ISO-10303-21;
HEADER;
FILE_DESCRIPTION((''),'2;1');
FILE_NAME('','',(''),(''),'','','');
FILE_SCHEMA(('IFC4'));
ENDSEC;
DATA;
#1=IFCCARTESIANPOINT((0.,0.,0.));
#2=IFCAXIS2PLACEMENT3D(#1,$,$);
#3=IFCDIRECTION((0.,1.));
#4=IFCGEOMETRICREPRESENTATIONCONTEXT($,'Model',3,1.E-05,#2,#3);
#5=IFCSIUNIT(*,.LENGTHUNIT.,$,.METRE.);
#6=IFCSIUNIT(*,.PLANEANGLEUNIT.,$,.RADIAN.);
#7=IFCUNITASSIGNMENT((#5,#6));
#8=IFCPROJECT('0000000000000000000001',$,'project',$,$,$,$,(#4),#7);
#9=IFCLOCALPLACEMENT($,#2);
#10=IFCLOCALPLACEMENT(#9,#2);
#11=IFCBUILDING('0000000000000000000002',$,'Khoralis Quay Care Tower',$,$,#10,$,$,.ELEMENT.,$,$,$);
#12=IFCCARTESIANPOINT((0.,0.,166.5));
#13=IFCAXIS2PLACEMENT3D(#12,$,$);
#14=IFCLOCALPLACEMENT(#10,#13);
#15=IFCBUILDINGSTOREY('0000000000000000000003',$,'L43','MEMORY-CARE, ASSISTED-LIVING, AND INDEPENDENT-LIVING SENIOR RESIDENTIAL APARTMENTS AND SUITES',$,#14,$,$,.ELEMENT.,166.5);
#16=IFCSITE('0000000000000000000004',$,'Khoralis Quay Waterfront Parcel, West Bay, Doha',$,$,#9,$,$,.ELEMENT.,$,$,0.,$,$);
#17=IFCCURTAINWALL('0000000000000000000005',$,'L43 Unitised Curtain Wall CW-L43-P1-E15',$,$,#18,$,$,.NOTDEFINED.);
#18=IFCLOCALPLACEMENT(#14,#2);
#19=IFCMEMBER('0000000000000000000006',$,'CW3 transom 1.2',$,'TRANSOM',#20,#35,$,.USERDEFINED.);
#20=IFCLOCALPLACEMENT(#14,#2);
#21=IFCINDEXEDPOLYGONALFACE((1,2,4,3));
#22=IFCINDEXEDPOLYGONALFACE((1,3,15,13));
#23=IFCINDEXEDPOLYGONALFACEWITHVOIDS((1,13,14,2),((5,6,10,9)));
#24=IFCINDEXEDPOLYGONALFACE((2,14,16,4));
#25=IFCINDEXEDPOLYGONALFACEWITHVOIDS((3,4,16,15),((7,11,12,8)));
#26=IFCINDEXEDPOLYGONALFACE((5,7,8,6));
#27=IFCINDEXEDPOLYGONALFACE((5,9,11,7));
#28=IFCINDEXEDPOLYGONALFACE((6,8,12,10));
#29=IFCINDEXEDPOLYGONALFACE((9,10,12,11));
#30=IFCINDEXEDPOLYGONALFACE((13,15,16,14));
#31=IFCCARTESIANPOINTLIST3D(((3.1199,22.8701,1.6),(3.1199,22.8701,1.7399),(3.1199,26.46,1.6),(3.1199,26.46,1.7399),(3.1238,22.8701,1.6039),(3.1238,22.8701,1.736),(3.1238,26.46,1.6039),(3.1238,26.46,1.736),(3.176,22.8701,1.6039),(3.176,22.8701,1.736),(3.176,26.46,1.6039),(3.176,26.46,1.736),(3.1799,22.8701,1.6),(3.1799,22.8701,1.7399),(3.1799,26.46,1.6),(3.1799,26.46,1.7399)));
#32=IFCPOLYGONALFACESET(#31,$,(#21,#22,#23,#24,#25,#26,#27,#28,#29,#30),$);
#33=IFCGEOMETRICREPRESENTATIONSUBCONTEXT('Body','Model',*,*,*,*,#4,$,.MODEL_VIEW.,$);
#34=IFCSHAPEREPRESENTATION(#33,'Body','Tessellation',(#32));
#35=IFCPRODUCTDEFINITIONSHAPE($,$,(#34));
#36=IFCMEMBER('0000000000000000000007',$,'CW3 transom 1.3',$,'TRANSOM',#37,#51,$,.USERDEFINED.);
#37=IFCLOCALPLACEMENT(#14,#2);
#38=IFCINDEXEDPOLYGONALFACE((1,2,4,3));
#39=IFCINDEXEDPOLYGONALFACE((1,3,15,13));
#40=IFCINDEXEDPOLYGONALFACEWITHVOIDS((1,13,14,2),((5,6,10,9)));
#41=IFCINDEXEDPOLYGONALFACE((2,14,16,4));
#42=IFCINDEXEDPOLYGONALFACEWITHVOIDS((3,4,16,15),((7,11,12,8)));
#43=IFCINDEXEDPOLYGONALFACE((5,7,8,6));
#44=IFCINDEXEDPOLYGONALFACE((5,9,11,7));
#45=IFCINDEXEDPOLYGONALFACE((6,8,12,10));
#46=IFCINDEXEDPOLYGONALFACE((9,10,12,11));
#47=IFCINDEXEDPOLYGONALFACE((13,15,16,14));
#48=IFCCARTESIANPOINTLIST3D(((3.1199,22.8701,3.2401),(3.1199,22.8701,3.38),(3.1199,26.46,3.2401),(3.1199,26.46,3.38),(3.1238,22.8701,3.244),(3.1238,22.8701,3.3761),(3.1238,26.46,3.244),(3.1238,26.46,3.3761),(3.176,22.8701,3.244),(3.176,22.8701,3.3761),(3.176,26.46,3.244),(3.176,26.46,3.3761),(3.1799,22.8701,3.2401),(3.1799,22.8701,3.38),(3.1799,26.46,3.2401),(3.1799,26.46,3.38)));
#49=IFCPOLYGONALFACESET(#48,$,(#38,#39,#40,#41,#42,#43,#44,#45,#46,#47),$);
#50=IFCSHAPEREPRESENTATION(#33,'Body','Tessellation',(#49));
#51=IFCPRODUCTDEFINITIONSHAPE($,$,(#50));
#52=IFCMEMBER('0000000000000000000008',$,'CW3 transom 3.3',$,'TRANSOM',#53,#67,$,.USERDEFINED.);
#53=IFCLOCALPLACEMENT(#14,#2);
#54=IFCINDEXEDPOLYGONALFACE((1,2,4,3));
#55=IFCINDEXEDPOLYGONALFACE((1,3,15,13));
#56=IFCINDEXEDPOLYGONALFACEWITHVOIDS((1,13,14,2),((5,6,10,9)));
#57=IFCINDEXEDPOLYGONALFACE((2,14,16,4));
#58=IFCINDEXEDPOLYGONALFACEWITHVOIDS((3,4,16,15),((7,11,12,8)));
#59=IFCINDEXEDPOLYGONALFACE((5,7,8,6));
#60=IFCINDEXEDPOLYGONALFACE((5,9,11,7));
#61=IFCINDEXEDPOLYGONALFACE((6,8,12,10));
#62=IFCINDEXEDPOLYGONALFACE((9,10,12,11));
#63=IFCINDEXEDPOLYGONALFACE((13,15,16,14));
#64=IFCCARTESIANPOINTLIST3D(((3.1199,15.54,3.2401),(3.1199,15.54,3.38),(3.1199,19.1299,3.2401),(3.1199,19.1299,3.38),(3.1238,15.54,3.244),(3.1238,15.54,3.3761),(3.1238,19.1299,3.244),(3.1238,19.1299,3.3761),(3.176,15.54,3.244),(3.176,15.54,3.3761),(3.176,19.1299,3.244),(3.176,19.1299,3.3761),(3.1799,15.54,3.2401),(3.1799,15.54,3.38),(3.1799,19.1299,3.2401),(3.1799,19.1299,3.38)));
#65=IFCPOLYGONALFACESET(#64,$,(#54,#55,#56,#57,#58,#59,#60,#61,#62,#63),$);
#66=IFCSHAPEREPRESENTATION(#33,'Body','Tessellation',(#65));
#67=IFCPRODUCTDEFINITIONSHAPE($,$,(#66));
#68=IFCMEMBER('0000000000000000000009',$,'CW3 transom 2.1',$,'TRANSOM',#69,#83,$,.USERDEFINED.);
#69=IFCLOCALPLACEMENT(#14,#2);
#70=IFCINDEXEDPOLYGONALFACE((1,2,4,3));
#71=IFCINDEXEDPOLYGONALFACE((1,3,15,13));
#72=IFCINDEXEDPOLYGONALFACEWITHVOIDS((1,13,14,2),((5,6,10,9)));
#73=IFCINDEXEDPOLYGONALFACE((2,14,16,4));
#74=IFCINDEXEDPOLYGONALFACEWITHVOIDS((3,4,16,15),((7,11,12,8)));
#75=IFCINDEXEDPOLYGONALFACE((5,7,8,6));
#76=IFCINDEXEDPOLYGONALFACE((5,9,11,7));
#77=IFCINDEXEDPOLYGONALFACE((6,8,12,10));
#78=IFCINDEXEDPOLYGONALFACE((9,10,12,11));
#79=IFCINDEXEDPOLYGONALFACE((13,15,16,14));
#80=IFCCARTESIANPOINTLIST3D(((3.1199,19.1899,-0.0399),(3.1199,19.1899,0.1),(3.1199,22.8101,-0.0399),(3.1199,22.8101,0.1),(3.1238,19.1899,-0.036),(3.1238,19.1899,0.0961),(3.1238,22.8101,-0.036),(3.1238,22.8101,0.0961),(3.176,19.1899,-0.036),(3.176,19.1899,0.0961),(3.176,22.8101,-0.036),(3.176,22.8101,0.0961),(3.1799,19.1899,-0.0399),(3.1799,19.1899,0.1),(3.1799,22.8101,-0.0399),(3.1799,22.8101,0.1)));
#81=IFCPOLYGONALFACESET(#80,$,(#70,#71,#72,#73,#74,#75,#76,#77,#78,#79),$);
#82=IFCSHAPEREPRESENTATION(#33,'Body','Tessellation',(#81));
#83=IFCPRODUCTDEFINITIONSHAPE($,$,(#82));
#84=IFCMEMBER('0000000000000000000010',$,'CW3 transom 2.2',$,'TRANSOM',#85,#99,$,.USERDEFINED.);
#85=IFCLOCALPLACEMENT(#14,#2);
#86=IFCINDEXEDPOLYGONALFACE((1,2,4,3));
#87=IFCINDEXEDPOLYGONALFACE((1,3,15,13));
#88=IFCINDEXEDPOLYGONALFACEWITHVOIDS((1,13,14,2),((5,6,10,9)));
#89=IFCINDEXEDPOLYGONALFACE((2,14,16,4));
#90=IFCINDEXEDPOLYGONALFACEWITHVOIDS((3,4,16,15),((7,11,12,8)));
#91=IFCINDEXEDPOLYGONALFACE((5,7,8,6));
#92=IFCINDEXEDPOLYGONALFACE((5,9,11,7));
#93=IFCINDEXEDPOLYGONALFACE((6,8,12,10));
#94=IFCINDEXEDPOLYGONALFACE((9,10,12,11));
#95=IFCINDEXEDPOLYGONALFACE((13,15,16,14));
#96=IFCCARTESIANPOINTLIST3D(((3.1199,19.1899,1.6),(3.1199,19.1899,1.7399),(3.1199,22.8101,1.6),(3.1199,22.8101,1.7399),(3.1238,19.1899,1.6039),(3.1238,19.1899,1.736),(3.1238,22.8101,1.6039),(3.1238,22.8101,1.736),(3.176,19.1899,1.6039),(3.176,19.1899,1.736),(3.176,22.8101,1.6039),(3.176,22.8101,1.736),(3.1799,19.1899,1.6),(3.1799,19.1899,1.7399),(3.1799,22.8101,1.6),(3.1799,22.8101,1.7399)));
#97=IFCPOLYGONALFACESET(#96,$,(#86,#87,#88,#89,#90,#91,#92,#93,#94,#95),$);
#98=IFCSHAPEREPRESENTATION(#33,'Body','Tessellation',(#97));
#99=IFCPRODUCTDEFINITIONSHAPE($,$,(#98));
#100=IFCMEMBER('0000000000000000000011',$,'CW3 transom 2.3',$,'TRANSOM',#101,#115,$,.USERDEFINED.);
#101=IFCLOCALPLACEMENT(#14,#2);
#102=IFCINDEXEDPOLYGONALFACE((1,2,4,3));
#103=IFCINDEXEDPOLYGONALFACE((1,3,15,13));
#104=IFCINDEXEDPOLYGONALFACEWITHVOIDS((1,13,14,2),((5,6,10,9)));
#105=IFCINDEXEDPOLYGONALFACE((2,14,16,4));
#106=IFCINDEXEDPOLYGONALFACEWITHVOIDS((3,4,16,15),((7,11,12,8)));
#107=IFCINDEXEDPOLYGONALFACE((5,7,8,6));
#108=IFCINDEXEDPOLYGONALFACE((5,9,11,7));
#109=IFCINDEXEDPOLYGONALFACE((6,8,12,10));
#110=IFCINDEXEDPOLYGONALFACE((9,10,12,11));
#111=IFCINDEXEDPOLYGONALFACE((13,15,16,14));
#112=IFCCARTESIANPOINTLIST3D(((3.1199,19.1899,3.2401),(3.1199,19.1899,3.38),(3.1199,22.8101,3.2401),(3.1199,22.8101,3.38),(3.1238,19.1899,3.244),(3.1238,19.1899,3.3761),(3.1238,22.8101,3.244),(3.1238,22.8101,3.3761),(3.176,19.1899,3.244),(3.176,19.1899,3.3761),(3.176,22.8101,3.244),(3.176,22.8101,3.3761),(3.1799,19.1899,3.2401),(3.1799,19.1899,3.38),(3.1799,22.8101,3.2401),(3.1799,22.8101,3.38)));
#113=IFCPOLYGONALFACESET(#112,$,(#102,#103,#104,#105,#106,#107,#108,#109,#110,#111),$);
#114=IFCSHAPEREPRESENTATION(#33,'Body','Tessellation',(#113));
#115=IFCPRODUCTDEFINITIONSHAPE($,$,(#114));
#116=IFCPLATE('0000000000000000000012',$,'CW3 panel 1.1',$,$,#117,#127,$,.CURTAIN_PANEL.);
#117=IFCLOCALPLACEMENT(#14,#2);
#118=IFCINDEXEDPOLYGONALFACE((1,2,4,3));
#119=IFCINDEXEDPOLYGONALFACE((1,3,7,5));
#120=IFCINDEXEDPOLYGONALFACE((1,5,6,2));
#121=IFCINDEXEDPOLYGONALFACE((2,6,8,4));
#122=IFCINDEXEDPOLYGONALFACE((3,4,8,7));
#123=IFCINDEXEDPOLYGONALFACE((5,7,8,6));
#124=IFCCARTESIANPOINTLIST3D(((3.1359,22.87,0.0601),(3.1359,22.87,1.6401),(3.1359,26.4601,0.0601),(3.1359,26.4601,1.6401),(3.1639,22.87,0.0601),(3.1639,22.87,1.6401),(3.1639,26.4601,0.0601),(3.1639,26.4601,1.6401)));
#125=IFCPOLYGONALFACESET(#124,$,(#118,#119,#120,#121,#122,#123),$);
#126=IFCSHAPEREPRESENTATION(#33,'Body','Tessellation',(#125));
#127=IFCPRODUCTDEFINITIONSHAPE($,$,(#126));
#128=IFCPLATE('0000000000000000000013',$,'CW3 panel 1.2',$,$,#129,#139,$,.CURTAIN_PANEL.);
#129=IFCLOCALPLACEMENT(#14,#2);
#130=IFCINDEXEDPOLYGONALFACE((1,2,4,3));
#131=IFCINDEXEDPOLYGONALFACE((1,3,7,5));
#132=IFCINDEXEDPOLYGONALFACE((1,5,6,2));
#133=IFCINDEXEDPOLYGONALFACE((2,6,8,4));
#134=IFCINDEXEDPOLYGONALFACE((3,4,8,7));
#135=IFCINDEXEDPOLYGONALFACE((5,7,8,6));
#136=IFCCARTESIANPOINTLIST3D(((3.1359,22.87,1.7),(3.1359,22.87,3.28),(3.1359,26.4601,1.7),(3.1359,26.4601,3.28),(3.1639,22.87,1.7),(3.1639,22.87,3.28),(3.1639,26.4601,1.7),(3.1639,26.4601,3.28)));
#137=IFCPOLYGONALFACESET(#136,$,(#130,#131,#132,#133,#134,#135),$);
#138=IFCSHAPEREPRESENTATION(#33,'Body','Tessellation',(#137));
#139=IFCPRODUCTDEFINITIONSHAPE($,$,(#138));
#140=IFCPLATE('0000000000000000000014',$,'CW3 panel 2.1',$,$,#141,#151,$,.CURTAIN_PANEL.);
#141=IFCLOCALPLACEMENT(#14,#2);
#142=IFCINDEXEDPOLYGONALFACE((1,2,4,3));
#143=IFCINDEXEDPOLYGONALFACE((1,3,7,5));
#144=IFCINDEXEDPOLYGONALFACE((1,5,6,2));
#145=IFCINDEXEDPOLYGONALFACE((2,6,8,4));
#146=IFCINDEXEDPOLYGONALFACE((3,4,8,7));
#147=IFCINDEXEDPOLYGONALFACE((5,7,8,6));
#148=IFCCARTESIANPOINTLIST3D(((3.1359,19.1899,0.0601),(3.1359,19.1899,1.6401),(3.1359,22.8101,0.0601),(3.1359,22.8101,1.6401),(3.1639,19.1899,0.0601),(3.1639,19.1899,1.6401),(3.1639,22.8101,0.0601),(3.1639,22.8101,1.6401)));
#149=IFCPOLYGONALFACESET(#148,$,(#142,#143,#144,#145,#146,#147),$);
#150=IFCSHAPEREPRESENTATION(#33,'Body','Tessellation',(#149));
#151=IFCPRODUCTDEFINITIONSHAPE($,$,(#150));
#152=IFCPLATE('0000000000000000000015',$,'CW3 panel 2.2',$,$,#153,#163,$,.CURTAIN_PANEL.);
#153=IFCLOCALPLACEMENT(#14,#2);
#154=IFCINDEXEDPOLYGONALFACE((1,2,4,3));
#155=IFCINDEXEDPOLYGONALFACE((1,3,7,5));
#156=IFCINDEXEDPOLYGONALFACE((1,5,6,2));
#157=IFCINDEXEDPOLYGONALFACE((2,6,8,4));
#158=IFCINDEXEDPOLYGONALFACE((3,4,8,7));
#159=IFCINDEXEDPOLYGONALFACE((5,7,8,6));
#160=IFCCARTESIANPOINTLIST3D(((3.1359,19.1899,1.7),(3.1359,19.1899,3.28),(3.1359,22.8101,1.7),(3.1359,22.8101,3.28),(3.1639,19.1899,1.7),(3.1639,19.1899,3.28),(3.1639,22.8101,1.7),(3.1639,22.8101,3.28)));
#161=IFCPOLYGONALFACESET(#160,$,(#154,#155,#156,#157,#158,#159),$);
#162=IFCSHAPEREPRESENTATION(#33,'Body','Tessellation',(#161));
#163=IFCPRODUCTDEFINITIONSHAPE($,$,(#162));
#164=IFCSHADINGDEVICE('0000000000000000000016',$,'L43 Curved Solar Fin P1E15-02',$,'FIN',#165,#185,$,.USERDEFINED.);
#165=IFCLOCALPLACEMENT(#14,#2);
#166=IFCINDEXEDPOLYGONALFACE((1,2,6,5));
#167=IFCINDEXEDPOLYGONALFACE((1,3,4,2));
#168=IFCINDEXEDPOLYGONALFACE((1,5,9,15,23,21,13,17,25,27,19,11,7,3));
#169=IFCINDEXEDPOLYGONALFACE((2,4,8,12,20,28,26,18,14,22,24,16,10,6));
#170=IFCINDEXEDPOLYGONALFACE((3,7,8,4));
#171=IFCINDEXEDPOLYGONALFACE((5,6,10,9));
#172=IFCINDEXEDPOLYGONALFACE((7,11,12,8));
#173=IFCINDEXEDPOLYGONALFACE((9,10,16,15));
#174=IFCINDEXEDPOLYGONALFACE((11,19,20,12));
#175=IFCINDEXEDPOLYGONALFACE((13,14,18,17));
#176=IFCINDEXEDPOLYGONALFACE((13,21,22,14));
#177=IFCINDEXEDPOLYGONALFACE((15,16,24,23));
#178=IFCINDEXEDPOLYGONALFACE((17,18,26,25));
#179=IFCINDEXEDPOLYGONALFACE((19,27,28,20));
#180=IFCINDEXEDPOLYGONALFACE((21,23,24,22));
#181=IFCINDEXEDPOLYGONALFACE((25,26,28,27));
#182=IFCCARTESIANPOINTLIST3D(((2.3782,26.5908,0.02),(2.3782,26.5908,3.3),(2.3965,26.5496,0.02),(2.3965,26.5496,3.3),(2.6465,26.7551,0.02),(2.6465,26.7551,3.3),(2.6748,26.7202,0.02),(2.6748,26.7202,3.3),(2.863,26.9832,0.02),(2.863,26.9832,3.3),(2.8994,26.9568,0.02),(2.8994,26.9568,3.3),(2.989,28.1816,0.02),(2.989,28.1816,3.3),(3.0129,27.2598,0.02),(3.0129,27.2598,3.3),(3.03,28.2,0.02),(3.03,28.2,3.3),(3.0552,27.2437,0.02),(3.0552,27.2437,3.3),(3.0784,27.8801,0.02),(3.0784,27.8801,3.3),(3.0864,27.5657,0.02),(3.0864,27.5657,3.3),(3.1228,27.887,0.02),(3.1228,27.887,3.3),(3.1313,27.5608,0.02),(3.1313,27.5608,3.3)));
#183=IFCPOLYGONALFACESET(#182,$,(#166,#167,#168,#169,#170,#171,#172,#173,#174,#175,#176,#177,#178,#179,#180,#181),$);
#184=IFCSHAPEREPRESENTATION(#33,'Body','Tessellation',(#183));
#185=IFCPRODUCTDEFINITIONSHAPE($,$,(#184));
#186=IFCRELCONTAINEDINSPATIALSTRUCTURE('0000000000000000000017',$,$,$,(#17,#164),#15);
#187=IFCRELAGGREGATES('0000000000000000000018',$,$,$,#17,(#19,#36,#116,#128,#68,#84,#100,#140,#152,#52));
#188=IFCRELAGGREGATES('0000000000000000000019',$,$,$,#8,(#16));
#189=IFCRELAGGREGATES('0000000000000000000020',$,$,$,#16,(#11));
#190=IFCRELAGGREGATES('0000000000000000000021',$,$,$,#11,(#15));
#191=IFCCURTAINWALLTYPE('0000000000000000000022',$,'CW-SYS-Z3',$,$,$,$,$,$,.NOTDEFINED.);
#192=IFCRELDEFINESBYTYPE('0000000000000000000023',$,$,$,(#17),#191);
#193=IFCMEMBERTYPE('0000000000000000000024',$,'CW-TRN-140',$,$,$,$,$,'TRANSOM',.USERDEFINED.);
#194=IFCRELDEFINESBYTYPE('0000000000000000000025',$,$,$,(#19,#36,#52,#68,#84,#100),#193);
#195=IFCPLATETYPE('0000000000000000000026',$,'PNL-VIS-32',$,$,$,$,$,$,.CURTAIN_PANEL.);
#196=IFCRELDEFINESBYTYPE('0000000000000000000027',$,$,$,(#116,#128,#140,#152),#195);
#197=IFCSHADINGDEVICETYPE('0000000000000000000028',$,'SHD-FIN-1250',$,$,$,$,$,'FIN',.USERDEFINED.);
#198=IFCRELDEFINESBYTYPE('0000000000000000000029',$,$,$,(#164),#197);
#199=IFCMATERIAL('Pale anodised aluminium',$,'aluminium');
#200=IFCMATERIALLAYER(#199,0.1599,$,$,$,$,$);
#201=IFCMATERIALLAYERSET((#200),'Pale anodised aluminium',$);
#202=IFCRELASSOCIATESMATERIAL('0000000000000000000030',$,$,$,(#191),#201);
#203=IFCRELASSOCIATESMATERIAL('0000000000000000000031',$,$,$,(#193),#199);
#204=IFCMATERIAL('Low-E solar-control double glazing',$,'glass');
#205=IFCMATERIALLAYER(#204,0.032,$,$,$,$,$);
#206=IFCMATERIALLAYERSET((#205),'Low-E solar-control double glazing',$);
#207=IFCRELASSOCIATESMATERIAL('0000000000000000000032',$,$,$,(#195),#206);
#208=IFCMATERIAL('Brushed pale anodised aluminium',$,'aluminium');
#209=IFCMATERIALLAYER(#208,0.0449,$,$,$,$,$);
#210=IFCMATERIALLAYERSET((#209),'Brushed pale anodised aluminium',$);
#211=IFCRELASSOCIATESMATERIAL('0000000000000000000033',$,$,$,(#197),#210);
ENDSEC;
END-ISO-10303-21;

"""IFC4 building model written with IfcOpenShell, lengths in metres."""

from ifc_helpers import new_model, si_unit, direction, frame, origin, origin_2d, place, context, subcontext, project, spatial, polyline, rectangle, hollow_rectangle, outline, extrude, source, transform, mapped, material, layer, layer_set, material_profile, profile_set, type_object, element, aggregate, save


model = new_model("IFC4")

# Units and contexts
model_context = context("Model", 3, precision=1e-05, world=origin(), true_north=direction((0.0, 1.0)))
body_context = subcontext(model_context, "Body", "Model", "MODEL_VIEW")
ifc_project = project(units=[si_unit("LENGTHUNIT", "METRE"), si_unit("PLANEANGLEUNIT", "RADIAN")], contexts=[model_context])

# Site, building, storey
site_placement = place(None, origin())
site = spatial("IfcSite", under=ifc_project, at=site_placement, Name="Khoralis Quay Waterfront Parcel, West Bay, Doha", CompositionType="ELEMENT", RefElevation=0.0)
building_placement = place(site_placement, origin())
building = spatial("IfcBuilding", under=site, at=building_placement, Name="Khoralis Quay Care Tower", CompositionType="ELEMENT")
storey_placement = place(building_placement, frame((0.0, 0.0, 166.5)))
storey = spatial("IfcBuildingStorey", under=building, at=storey_placement, Name="L43", Description="MEMORY-CARE, ASSISTED-LIVING, AND INDEPENDENT-LIVING SENIOR RESIDENTIAL APARTMENTS AND SUITES", CompositionType="ELEMENT", Elevation=166.5)

# Curtain wall, members, plates
ifc_material_1 = material(Name="Pale anodised aluminium", Category="aluminium")
ifc_layer_1 = layer(ifc_material_1, 0.1599)
ifc_layer_set_1 = layer_set([ifc_layer_1], Name="Pale anodised aluminium")
curtain_wall_type = type_object("IfcCurtainWallType", Name="CW-SYS-Z3", PredefinedType="NOTDEFINED", material=ifc_layer_set_1)
curtain_wall_placement = place(storey_placement, origin())
curtain_wall = element("IfcCurtainWall", 1, at=curtain_wall_placement, inside=storey, type_object=curtain_wall_type, Name="L43 Unitised Curtain Wall CW-L43-P1-E15", PredefinedType="NOTDEFINED")
ifc_material_profile_1 = material_profile(ifc_material_1, hollow_rectangle(XDim=0.0601, YDim=0.1399, WallThickness=0.0039, at=origin_2d()), Name="Pale anodised aluminium")
ifc_profile_set_1 = profile_set([ifc_material_profile_1], Name="Pale anodised aluminium")
member_type_1 = type_object("IfcMemberType", Name="CW-TRN-140", ElementType="TRANSOM", PredefinedType="USERDEFINED", material=ifc_profile_set_1)
shared_shape_1 = source(origin(), body_context, "Body", "SweptSolid", [
    extrude(hollow_rectangle(XDim=0.0601, YDim=0.1399, WallThickness=0.0039, at=origin_2d()), origin(), (0.0, 0.0, 1.0), 3.5898),
])
member_1_placement = place(storey_placement, frame((3.1499, 26.46, 1.6699), z_axis=(0.0, -1.0, 0.0), x_axis=(1.0, 0.0, 0.0)))
member_1 = element("IfcMember", 2, at=member_1_placement, type_object=member_type_1, Name="CW3 transom 1.2", ObjectType="TRANSOM", PredefinedType="USERDEFINED", context=body_context, shape_type="MappedRepresentation", body=[
    mapped(shared_shape_1, transform((0.0, 0.0, 0.0), scale=1.0)),
])
member_2_placement = place(storey_placement, frame((3.1499, 26.46, 3.3101), z_axis=(0.0, -1.0, 0.0), x_axis=(1.0, 0.0, 0.0)))
member_2 = element("IfcMember", 3, at=member_2_placement, type_object=member_type_1, Name="CW3 transom 1.3", ObjectType="TRANSOM", PredefinedType="USERDEFINED", context=body_context, shape_type="MappedRepresentation", body=[
    mapped(shared_shape_1, transform((0.0, 0.0, 0.0), scale=1.0)),
])
member_3_placement = place(storey_placement, frame((3.1499, 19.1299, 3.3101), z_axis=(0.0, -1.0, 0.0), x_axis=(1.0, 0.0, 0.0)))
member_3 = element("IfcMember", 4, at=member_3_placement, type_object=member_type_1, Name="CW3 transom 3.3", ObjectType="TRANSOM", PredefinedType="USERDEFINED", context=body_context, shape_type="MappedRepresentation", body=[
    mapped(shared_shape_1, transform((0.0, 0.0, 0.0), scale=1.0)),
])
shared_shape_2 = source(origin(), body_context, "Body", "SweptSolid", [
    extrude(hollow_rectangle(XDim=0.0601, YDim=0.1399, WallThickness=0.0039, at=origin_2d()), origin(), (0.0, 0.0, 1.0), 3.6201),
])
member_4_placement = place(storey_placement, frame((3.1499, 22.8101, 0.03), z_axis=(0.0, -1.0, 0.0), x_axis=(1.0, 0.0, 0.0)))
member_4 = element("IfcMember", 5, at=member_4_placement, type_object=member_type_1, Name="CW3 transom 2.1", ObjectType="TRANSOM", PredefinedType="USERDEFINED", context=body_context, shape_type="MappedRepresentation", body=[
    mapped(shared_shape_2, transform((0.0, 0.0, 0.0), scale=1.0)),
])
member_5_placement = place(storey_placement, frame((3.1499, 22.8101, 1.6699), z_axis=(0.0, -1.0, 0.0), x_axis=(1.0, 0.0, 0.0)))
member_5 = element("IfcMember", 6, at=member_5_placement, type_object=member_type_1, Name="CW3 transom 2.2", ObjectType="TRANSOM", PredefinedType="USERDEFINED", context=body_context, shape_type="MappedRepresentation", body=[
    mapped(shared_shape_2, transform((0.0, 0.0, 0.0), scale=1.0)),
])
member_6_placement = place(storey_placement, frame((3.1499, 22.8101, 3.3101), z_axis=(0.0, -1.0, 0.0), x_axis=(1.0, 0.0, 0.0)))
member_6 = element("IfcMember", 7, at=member_6_placement, type_object=member_type_1, Name="CW3 transom 2.3", ObjectType="TRANSOM", PredefinedType="USERDEFINED", context=body_context, shape_type="MappedRepresentation", body=[
    mapped(shared_shape_2, transform((0.0, 0.0, 0.0), scale=1.0)),
])
ifc_material_2 = material(Name="Low-E solar-control double glazing", Category="glass")
ifc_layer_2 = layer(ifc_material_2, 0.032)
ifc_layer_set_2 = layer_set([ifc_layer_2], Name="Low-E solar-control double glazing")
plate_type = type_object("IfcPlateType", Name="PNL-VIS-32", PredefinedType="CURTAIN_PANEL", material=ifc_layer_set_2)
shared_shape_3 = source(origin(), body_context, "Body", "SweptSolid", [
    extrude(rectangle(XDim=3.5901, YDim=0.0281, at=origin_2d()), origin(), (0.0, 0.0, 1.0), 1.5801),
])
plate_1_placement = place(storey_placement, frame((3.1499, 24.665, 0.0601), z_axis=(0.0, 0.0, 1.0), x_axis=(0.0, -1.0, 0.0)))
plate_1 = element("IfcPlate", 8, at=plate_1_placement, type_object=plate_type, Name="CW3 panel 1.1", PredefinedType="CURTAIN_PANEL", context=body_context, shape_type="MappedRepresentation", body=[
    mapped(shared_shape_3, transform((0.0, 0.0, 0.0), scale=1.0)),
])
plate_2_placement = place(storey_placement, frame((3.1499, 24.665, 1.7), z_axis=(0.0, 0.0, 1.0), x_axis=(0.0, -1.0, 0.0)))
plate_2 = element("IfcPlate", 9, at=plate_2_placement, type_object=plate_type, Name="CW3 panel 1.2", PredefinedType="CURTAIN_PANEL", context=body_context, shape_type="MappedRepresentation", body=[
    mapped(shared_shape_3, transform((0.0, 0.0, 0.0), scale=1.0)),
])
shared_shape_4 = source(origin(), body_context, "Body", "SweptSolid", [
    extrude(rectangle(XDim=3.6201, YDim=0.0281, at=origin_2d()), origin(), (0.0, 0.0, 1.0), 1.5801),
])
plate_3_placement = place(storey_placement, frame((3.1499, 21.0, 0.0601), z_axis=(0.0, 0.0, 1.0), x_axis=(0.0, -1.0, 0.0)))
plate_3 = element("IfcPlate", 10, at=plate_3_placement, type_object=plate_type, Name="CW3 panel 2.1", PredefinedType="CURTAIN_PANEL", context=body_context, shape_type="MappedRepresentation", body=[
    mapped(shared_shape_4, transform((0.0, 0.0, 0.0), scale=1.0)),
])
plate_4_placement = place(storey_placement, frame((3.1499, 21.0, 1.7), z_axis=(0.0, 0.0, 1.0), x_axis=(0.0, -1.0, 0.0)))
plate_4 = element("IfcPlate", 11, at=plate_4_placement, type_object=plate_type, Name="CW3 panel 2.2", PredefinedType="CURTAIN_PANEL", context=body_context, shape_type="MappedRepresentation", body=[
    mapped(shared_shape_4, transform((0.0, 0.0, 0.0), scale=1.0)),
])
aggregate(curtain_wall, [member_1, member_2, plate_1, plate_2, member_4, member_5, member_6, plate_3, plate_4, member_3])

# Shading device
ifc_material_3 = material(Name="Brushed pale anodised aluminium", Category="aluminium")
ifc_layer_3 = layer(ifc_material_3, 0.0449)
ifc_layer_set_3 = layer_set([ifc_layer_3], Name="Brushed pale anodised aluminium")
shading_device_type = type_object("IfcShadingDeviceType", Name="SHD-FIN-1250", ElementType="FIN", PredefinedType="USERDEFINED", material=ifc_layer_set_3)
shared_shape_5 = source(origin(), body_context, "Body", "SweptSolid", [
    extrude(outline(polyline([(0.0, 0.0), (-0.0928, 0.313), (-0.1013, 0.6392), (-0.0251, 0.9563), (0.1306, 1.2432), (0.3552, 1.4797), (0.6335, 1.6504), (0.6519, 1.6091), (0.3835, 1.4448), (0.167, 1.2168), (0.0171, 0.9402), (-0.0564, 0.6343), (-0.0483, 0.3198), (0.041, 0.0183), (0.0, 0.0)])), origin(), (0.0, 0.0, 1.0), 3.28),
])
for number, where, z_axis, x_axis, name in (
    (12, (3.03, 28.2, 0.02), (0.0, 0.0, 1.0), (-1.0, 0.0, 0.0), "L43 Curved Solar Fin P1E15-02"),
):
    element("IfcShadingDevice", number, at=place(storey_placement, frame(where, z_axis=z_axis, x_axis=x_axis)), inside=storey, type_object=shading_device_type, Name=name, ObjectType="FIN", PredefinedType="USERDEFINED", context=body_context, shape_type="MappedRepresentation", body=[
        mapped(shared_shape_5, transform((0.0, 0.0, 0.0), scale=1.0)),
    ])

save(model, "model.ifc")
